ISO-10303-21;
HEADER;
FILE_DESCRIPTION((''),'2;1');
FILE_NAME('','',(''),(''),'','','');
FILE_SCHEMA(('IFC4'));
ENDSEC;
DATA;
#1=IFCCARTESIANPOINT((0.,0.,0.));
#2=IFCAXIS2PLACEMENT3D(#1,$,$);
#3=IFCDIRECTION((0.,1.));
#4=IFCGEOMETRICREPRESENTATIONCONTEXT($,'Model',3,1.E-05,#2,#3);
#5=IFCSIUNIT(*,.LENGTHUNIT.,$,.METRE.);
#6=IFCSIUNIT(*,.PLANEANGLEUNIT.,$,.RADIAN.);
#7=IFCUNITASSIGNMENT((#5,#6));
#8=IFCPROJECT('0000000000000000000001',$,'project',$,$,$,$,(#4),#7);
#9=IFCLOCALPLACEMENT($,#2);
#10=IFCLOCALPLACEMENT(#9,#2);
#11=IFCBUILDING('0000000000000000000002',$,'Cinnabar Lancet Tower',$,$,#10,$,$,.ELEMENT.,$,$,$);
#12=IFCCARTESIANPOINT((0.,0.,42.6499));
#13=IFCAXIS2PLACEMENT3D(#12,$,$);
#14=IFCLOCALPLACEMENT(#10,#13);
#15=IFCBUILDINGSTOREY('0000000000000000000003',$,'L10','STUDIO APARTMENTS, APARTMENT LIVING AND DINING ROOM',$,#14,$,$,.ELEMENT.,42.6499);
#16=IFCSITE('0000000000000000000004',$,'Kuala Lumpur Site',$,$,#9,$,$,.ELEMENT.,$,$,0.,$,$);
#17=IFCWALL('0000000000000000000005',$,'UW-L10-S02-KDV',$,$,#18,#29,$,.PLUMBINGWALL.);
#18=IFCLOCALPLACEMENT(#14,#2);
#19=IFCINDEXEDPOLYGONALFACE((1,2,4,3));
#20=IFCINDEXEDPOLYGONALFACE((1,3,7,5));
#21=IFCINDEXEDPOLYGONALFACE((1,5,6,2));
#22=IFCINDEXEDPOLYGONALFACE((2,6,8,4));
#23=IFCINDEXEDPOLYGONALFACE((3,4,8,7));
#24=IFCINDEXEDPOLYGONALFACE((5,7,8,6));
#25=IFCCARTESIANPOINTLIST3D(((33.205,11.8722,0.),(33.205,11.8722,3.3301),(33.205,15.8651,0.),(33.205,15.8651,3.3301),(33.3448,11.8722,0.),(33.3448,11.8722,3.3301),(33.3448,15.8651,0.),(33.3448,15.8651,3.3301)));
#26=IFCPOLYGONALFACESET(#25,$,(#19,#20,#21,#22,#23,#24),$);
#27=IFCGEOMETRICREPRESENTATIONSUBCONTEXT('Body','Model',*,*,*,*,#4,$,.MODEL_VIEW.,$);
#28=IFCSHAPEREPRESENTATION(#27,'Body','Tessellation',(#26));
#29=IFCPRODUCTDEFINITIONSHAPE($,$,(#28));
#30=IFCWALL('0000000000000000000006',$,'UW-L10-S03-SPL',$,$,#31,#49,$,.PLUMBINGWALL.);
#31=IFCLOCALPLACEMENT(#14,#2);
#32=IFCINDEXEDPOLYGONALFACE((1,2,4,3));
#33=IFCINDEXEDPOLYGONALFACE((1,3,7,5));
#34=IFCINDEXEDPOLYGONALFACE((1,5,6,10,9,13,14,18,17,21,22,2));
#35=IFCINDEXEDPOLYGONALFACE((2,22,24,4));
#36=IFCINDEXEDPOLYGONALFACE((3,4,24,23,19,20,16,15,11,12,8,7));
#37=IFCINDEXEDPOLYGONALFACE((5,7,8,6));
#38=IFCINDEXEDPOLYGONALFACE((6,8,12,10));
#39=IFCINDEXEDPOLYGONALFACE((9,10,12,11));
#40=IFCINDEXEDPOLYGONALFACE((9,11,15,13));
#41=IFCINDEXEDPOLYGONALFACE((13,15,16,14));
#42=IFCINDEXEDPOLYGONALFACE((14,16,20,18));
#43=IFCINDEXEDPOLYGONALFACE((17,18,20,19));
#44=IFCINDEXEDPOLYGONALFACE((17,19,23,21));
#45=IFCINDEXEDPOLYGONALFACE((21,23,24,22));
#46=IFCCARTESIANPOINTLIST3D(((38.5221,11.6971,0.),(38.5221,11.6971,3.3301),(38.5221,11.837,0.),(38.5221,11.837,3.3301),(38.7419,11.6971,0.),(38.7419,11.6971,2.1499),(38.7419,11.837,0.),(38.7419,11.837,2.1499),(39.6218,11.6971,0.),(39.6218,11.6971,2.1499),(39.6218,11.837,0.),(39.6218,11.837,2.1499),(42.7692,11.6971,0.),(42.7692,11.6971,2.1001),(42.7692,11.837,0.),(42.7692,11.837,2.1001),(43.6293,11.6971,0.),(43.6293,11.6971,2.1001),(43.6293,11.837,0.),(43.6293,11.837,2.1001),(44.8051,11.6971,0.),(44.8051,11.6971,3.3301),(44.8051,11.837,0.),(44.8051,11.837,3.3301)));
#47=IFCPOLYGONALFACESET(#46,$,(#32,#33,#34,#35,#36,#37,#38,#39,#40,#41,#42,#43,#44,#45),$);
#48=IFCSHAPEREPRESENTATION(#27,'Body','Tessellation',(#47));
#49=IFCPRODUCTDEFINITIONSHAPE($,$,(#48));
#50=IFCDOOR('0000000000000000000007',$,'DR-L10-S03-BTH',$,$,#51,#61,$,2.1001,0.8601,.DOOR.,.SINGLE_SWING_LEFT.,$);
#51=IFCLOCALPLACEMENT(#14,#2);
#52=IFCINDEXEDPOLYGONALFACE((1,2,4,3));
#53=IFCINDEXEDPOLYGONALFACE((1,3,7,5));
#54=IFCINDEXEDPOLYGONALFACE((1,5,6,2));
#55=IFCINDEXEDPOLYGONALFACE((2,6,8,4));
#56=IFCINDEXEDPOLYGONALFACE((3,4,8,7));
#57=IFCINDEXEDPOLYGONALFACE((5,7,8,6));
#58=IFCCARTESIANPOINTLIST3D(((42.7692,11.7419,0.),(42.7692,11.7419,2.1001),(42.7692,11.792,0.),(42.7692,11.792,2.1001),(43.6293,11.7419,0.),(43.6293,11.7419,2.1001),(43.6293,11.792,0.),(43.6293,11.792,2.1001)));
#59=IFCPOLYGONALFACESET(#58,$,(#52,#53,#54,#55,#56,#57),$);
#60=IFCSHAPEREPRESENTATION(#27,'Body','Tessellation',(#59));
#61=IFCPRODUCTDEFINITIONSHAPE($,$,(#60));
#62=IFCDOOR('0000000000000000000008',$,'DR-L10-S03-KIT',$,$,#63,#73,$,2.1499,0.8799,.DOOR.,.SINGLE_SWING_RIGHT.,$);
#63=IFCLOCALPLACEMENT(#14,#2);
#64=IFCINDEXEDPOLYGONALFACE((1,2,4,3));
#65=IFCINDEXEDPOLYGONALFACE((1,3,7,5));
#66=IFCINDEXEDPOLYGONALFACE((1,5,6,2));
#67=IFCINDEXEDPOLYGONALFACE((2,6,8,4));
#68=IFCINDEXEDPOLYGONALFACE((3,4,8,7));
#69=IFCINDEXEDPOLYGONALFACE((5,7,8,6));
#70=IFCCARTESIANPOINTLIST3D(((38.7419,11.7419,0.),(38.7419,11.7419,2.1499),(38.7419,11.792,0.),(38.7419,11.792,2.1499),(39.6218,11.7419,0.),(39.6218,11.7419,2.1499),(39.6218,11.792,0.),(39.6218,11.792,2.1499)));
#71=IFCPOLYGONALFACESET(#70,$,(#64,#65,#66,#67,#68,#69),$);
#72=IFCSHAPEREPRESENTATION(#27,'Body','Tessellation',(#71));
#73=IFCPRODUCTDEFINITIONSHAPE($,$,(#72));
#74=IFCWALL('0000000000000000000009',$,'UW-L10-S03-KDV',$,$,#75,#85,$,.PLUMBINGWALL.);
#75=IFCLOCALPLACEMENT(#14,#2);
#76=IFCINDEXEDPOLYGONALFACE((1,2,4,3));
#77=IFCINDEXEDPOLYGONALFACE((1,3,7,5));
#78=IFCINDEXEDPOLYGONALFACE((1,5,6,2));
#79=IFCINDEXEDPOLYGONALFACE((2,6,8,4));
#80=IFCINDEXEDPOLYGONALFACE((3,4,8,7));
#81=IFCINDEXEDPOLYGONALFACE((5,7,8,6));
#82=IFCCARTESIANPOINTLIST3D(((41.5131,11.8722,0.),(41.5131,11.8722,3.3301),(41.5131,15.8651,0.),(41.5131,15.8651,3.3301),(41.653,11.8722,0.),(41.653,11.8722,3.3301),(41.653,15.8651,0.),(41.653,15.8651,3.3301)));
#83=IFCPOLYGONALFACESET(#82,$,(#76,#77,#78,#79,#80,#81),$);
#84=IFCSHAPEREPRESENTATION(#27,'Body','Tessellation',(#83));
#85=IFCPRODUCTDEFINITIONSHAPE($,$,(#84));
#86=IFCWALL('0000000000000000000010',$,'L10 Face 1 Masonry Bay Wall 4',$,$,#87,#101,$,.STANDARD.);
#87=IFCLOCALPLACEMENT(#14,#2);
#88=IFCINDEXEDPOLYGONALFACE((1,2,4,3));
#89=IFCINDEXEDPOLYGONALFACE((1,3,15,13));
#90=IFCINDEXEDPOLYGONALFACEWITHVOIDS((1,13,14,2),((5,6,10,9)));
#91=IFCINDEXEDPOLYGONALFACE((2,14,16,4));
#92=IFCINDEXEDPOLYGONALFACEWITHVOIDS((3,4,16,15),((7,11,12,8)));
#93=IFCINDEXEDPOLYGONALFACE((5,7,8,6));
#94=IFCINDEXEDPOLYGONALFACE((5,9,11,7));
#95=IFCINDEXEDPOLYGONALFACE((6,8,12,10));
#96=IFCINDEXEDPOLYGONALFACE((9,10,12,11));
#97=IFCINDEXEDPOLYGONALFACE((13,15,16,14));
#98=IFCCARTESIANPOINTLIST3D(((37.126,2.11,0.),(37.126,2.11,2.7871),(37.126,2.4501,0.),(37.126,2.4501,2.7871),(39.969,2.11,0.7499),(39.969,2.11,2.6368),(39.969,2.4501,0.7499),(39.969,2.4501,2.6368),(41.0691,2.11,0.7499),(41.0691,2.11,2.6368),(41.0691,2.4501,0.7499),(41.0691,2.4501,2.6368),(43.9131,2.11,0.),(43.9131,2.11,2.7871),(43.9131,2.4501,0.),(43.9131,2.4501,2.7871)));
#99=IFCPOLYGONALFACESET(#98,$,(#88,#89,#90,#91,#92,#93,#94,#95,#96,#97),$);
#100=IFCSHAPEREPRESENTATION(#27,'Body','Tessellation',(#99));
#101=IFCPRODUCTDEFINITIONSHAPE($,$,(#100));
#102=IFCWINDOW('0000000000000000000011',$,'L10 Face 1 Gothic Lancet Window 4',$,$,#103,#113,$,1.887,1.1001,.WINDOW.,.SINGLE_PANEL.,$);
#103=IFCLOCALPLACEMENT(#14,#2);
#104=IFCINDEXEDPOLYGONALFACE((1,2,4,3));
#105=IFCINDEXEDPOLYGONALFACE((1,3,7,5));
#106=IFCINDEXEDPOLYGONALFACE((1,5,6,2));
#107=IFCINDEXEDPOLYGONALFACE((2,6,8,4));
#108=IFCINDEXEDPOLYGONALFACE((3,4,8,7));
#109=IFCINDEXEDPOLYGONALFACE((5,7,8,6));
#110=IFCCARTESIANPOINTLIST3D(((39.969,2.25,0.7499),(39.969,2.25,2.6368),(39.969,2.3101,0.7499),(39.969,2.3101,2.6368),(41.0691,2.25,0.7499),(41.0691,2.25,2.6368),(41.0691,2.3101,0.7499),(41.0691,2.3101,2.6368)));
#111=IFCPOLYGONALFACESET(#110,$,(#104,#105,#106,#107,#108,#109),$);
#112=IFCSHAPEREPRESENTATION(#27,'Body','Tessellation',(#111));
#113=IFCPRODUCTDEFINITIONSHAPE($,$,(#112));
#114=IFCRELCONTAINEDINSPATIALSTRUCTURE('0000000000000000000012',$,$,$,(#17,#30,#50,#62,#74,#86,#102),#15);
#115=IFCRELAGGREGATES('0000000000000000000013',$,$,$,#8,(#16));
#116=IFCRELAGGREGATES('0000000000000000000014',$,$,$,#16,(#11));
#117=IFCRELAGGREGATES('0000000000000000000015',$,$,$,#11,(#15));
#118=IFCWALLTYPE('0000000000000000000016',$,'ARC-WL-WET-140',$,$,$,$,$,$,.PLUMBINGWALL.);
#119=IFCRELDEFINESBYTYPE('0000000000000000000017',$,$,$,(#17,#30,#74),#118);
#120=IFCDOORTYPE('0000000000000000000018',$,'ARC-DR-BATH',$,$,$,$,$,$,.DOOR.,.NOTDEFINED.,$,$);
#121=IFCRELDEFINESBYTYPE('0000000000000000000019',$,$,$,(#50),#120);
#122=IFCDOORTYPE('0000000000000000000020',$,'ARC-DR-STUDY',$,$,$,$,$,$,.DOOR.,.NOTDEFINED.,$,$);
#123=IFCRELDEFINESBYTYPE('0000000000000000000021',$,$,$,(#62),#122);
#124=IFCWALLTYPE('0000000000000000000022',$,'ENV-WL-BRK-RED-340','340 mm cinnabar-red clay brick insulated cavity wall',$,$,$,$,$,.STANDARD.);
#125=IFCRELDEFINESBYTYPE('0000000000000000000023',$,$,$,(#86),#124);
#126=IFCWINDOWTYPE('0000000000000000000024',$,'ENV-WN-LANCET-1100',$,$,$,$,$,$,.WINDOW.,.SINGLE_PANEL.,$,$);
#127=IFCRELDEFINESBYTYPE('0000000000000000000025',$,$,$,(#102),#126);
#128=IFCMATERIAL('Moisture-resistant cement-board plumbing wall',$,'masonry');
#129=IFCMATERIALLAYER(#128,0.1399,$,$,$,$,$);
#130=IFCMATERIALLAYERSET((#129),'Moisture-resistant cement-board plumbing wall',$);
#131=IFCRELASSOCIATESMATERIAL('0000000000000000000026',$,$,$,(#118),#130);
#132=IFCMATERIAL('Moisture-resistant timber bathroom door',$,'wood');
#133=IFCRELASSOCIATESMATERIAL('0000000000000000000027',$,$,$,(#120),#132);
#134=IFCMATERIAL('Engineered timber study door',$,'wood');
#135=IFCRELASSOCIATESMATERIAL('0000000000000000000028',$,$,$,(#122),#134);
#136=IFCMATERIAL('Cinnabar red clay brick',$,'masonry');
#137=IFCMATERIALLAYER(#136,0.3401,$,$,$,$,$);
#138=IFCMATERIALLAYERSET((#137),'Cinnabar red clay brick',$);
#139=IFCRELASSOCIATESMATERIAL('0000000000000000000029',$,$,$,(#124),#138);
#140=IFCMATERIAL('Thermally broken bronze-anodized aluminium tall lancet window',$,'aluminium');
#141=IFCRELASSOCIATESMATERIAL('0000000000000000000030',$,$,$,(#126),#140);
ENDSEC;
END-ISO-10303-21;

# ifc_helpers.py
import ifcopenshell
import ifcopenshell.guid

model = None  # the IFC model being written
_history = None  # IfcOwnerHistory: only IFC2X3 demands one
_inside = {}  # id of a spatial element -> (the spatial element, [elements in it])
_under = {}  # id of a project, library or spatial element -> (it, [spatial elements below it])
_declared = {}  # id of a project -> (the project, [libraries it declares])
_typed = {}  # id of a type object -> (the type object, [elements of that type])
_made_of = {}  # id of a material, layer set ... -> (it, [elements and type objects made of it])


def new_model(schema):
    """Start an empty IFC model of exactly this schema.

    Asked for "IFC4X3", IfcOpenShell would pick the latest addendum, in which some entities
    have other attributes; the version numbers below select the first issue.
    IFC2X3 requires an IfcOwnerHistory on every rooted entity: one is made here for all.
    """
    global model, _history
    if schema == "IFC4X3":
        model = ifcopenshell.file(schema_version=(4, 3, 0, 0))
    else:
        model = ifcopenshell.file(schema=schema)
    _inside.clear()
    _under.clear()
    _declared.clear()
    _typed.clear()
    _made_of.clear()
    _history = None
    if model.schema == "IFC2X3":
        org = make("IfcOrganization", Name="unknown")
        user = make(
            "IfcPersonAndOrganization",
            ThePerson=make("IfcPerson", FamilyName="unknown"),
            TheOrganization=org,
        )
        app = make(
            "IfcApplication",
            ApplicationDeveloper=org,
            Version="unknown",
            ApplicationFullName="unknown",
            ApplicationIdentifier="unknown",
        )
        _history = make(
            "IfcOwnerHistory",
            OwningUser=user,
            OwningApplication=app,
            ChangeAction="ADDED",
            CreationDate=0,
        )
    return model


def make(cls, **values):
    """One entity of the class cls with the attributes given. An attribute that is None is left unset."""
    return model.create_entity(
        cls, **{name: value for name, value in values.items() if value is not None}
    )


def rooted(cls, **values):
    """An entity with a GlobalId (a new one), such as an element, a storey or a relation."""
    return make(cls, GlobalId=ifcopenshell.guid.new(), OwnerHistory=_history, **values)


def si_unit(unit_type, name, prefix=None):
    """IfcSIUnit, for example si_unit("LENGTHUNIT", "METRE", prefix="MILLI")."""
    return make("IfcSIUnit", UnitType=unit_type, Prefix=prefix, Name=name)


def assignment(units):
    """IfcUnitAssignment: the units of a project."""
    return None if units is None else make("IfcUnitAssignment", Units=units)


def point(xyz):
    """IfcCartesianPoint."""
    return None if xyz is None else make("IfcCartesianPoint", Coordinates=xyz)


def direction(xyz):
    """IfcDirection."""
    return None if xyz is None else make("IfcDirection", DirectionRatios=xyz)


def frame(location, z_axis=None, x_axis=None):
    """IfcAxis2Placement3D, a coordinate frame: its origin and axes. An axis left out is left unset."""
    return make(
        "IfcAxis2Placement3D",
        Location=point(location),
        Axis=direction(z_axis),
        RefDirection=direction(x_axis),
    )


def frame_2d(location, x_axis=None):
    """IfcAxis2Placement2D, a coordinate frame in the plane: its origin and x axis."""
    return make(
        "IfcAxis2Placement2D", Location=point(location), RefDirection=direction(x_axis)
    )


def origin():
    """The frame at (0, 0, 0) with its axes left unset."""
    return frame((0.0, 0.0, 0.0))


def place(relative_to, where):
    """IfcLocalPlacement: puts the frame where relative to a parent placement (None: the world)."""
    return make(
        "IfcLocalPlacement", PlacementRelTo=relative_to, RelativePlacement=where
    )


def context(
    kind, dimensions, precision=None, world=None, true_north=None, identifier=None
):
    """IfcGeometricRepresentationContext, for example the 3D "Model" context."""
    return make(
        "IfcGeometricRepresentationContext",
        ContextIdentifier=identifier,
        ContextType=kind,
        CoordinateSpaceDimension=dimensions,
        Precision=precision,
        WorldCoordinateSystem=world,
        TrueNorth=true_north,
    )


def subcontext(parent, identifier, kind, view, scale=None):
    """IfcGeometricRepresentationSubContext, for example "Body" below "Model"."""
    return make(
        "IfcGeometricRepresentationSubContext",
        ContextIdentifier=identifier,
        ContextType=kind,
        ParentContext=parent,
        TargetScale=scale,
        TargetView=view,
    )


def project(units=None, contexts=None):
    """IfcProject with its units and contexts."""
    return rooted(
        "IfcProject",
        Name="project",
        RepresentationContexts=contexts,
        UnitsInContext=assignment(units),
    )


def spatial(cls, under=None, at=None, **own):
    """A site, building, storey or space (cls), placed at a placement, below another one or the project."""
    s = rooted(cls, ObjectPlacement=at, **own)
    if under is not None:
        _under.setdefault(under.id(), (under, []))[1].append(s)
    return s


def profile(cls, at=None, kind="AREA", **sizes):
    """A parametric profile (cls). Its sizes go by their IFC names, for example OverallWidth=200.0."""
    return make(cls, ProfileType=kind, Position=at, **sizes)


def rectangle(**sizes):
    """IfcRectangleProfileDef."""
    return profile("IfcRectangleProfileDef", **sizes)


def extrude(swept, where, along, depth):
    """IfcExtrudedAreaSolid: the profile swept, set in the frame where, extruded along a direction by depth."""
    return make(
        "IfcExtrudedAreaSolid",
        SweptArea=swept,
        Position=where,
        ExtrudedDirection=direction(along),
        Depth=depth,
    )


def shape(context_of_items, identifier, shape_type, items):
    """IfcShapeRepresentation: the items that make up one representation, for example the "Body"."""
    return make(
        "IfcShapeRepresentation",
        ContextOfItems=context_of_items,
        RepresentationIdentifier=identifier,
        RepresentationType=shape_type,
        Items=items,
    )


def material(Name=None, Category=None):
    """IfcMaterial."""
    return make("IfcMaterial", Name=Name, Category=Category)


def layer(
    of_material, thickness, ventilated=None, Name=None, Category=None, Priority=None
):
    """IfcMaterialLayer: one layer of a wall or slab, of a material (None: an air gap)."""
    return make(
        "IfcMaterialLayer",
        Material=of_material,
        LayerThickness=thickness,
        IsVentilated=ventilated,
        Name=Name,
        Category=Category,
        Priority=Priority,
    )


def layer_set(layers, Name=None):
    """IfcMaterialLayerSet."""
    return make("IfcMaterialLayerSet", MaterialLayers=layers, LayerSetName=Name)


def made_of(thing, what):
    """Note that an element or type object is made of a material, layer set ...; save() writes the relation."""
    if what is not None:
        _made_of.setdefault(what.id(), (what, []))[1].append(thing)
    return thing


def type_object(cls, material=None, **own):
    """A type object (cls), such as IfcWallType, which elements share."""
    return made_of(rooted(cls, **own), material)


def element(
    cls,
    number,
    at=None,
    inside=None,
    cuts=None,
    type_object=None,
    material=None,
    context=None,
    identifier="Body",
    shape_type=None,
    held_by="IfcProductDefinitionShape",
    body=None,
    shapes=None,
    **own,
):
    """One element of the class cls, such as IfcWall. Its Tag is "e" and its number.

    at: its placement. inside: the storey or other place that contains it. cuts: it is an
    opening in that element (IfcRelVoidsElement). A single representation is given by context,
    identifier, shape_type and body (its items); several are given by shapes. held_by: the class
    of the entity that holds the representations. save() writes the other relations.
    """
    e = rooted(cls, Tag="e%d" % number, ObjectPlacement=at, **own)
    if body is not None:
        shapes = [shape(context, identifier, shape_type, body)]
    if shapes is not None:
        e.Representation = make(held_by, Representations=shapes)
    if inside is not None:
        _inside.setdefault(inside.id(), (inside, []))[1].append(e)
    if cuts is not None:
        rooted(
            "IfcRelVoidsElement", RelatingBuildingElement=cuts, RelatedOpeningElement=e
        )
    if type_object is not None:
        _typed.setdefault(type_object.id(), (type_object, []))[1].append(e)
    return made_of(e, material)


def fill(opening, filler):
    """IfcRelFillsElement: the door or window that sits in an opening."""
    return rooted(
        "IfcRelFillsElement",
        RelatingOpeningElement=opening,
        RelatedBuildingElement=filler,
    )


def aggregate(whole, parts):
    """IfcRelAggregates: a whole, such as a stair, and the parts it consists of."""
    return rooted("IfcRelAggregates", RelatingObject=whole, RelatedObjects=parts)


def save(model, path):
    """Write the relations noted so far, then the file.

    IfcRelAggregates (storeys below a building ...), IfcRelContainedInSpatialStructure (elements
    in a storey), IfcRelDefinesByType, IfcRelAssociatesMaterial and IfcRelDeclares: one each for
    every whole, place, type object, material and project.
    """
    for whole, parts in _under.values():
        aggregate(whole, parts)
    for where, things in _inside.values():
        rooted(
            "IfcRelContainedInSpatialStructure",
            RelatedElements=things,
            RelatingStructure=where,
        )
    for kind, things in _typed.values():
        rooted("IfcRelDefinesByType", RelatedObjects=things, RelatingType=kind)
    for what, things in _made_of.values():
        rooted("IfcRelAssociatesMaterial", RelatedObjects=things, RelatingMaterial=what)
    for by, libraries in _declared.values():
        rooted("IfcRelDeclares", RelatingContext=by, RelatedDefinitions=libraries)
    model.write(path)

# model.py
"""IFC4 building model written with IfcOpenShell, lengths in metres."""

from ifc_helpers import new_model, si_unit, direction, frame, frame_2d, origin, place, context, subcontext, project, spatial, rectangle, extrude, material, layer, layer_set, type_object, element, fill, save


model = new_model("IFC4")

# Units and contexts
model_context = context("Model", 3, precision=1e-05, world=origin(), true_north=direction((0.0, 1.0)))
body_context = subcontext(model_context, "Body", "Model", "MODEL_VIEW")
ifc_project = project(units=[si_unit("LENGTHUNIT", "METRE"), si_unit("PLANEANGLEUNIT", "RADIAN")], contexts=[model_context])

# Site, building, storey
site_placement = place(None, origin())
site = spatial("IfcSite", under=ifc_project, at=site_placement, Name="Kuala Lumpur Site", CompositionType="ELEMENT", RefElevation=0.0)
building_placement = place(site_placement, origin())
building = spatial("IfcBuilding", under=site, at=building_placement, Name="Cinnabar Lancet Tower", CompositionType="ELEMENT")
storey_placement = place(building_placement, frame((0.0, 0.0, 42.6499)))
storey = spatial("IfcBuildingStorey", under=building, at=storey_placement, Name="L10", Description="STUDIO APARTMENTS, APARTMENT LIVING AND DINING ROOM", CompositionType="ELEMENT", Elevation=42.6499)

# Shared definitions
ifc_material_1 = material(Name="Moisture-resistant cement-board plumbing wall", Category="masonry")
ifc_layer_1 = layer(ifc_material_1, 0.1399)
ifc_layer_set_1 = layer_set([ifc_layer_1], Name="Moisture-resistant cement-board plumbing wall")
wall_type_1 = type_object("IfcWallType", Name="ARC-WL-WET-140", PredefinedType="PLUMBINGWALL", material=ifc_layer_set_1)
ifc_material_2 = material(Name="Moisture-resistant timber bathroom door", Category="wood")
door_type_1 = type_object("IfcDoorType", Name="ARC-DR-BATH", OperationType="NOTDEFINED", PredefinedType="DOOR", material=ifc_material_2)
ifc_material_3 = material(Name="Engineered timber study door", Category="wood")
door_type_2 = type_object("IfcDoorType", Name="ARC-DR-STUDY", OperationType="NOTDEFINED", PredefinedType="DOOR", material=ifc_material_3)

# Wall
wall_1_placement = place(storey_placement, frame((33.2749, 11.8721, 0.0), z_axis=(0.0, 0.0, 1.0), x_axis=(0.0, 1.0, 0.0)))
element("IfcWall", 1, at=wall_1_placement, inside=storey, type_object=wall_type_1, Name="UW-L10-S02-KDV", PredefinedType="PLUMBINGWALL", context=body_context, shape_type="SweptSolid", body=[
    extrude(rectangle(XDim=3.9929, YDim=0.1399, at=frame_2d((1.9966, 0.0))), origin(), (0.0, 0.0, 1.0), 3.3301),
])

# Wall, openings, doors
wall_2_placement = place(storey_placement, frame((38.522, 11.7671, 0.0), z_axis=(0.0, 0.0, 1.0), x_axis=(1.0, 0.0, 0.0)))
wall_2 = element("IfcWall", 2, at=wall_2_placement, inside=storey, type_object=wall_type_1, Name="UW-L10-S03-SPL", PredefinedType="PLUMBINGWALL", context=body_context, shape_type="SweptSolid", body=[
    extrude(rectangle(XDim=6.283, YDim=0.1399, at=frame_2d((3.1416, 0.0))), origin(), (0.0, 0.0, 1.0), 3.3301),
])
opening_1_placement = place(wall_2_placement, frame((4.2471, 0.0, 0.0)))
opening_1 = element("IfcOpeningElement", 3, at=opening_1_placement, cuts=wall_2, PredefinedType="OPENING", context=body_context, shape_type="SweptSolid", body=[
    extrude(rectangle(XDim=0.8601, YDim=2.1001, at=frame_2d((0.4302, 1.05))), frame((0.0, 0.0798, 0.0), z_axis=(0.0, -1.0, 0.0), x_axis=(1.0, 0.0, 0.0)), (0.0, 0.0, 1.0), 0.1599),
])
opening_2_placement = place(wall_2_placement, frame((0.22, 0.0, 0.0)))
opening_2 = element("IfcOpeningElement", 4, at=opening_2_placement, cuts=wall_2, PredefinedType="OPENING", context=body_context, shape_type="SweptSolid", body=[
    extrude(rectangle(XDim=0.8799, YDim=2.1499, at=frame_2d((0.4399, 1.075))), frame((0.0, 0.0798, 0.0), z_axis=(0.0, -1.0, 0.0), x_axis=(1.0, 0.0, 0.0)), (0.0, 0.0, 1.0), 0.1599),
])
door_1_placement = place(opening_1_placement, origin())
door_1 = element("IfcDoor", 5, at=door_1_placement, inside=storey, type_object=door_type_1, Name="DR-L10-S03-BTH", OperationType="SINGLE_SWING_LEFT", OverallHeight=2.1001, OverallWidth=0.8601, PredefinedType="DOOR", context=body_context, shape_type="SweptSolid", body=[
    extrude(rectangle(XDim=0.8601, YDim=2.1001, at=frame_2d((0.4302, 1.05))), frame((0.0, 0.0249, 0.0), z_axis=(0.0, -1.0, 0.0), x_axis=(1.0, 0.0, 0.0)), (0.0, 0.0, 1.0), 0.05),
])
fill(opening_1, door_1)
door_2_placement = place(opening_2_placement, origin())
door_2 = element("IfcDoor", 6, at=door_2_placement, inside=storey, type_object=door_type_2, Name="DR-L10-S03-KIT", OperationType="SINGLE_SWING_RIGHT", OverallHeight=2.1499, OverallWidth=0.8799, PredefinedType="DOOR", context=body_context, shape_type="SweptSolid", body=[
    extrude(rectangle(XDim=0.8799, YDim=2.1499, at=frame_2d((0.4399, 1.075))), frame((0.0, 0.0249, 0.0), z_axis=(0.0, -1.0, 0.0), x_axis=(1.0, 0.0, 0.0)), (0.0, 0.0, 1.0), 0.05),
])
fill(opening_2, door_2)

# Wall
wall_3_placement = place(storey_placement, frame((41.583, 11.8721, 0.0), z_axis=(0.0, 0.0, 1.0), x_axis=(0.0, 1.0, 0.0)))
element("IfcWall", 7, at=wall_3_placement, inside=storey, type_object=wall_type_1, Name="UW-L10-S03-KDV", PredefinedType="PLUMBINGWALL", context=body_context, shape_type="SweptSolid", body=[
    extrude(rectangle(XDim=3.9929, YDim=0.1399, at=frame_2d((1.9966, 0.0))), origin(), (0.0, 0.0, 1.0), 3.3301),
])

# Wall, opening, window
ifc_material_4 = material(Name="Cinnabar red clay brick", Category="masonry")
ifc_layer_2 = layer(ifc_material_4, 0.3401)
ifc_layer_set_2 = layer_set([ifc_layer_2], Name="Cinnabar red clay brick")
wall_type_2 = type_object("IfcWallType", Name="ENV-WL-BRK-RED-340", Description="340 mm cinnabar-red clay brick insulated cavity wall", PredefinedType="STANDARD", material=ifc_layer_set_2)
wall_4_placement = place(storey_placement, frame((37.126, 2.28, 0.0), z_axis=(0.0, 0.0, 1.0), x_axis=(1.0, 0.0, 0.0)))
wall_4 = element("IfcWall", 8, at=wall_4_placement, inside=storey, type_object=wall_type_2, Name="L10 Face 1 Masonry Bay Wall 4", PredefinedType="STANDARD", context=body_context, shape_type="SweptSolid", body=[
    extrude(rectangle(XDim=6.7871, YDim=0.3401, at=frame_2d((3.3936, 0.0))), origin(), (0.0, 0.0, 1.0), 2.7871),
])
opening_3_placement = place(wall_4_placement, frame((2.843, 0.0, 0.75)))
opening_3 = element("IfcOpeningElement", 9, at=opening_3_placement, cuts=wall_4, PredefinedType="OPENING", context=body_context, shape_type="SweptSolid", body=[
    extrude(rectangle(XDim=1.1001, YDim=1.887, at=frame_2d((0.55, 0.9434))), frame((0.0, 0.1799, 0.0), z_axis=(0.0, -1.0, 0.0), x_axis=(1.0, 0.0, 0.0)), (0.0, 0.0, 1.0), 0.3601),
])
ifc_material_5 = material(Name="Thermally broken bronze-anodized aluminium tall lancet window", Category="aluminium")
window_type = type_object("IfcWindowType", Name="ENV-WN-LANCET-1100", PartitioningType="SINGLE_PANEL", PredefinedType="WINDOW", material=ifc_material_5)
window_placement = place(opening_3_placement, origin())
window = element("IfcWindow", 10, at=window_placement, inside=storey, type_object=window_type, Name="L10 Face 1 Gothic Lancet Window 4", OverallHeight=1.887, OverallWidth=1.1001, PartitioningType="SINGLE_PANEL", PredefinedType="WINDOW", context=body_context, shape_type="SweptSolid", body=[
    extrude(rectangle(XDim=1.1001, YDim=1.887, at=frame_2d((0.55, 0.9434))), frame((0.0, 0.03, 0.0), z_axis=(0.0, -1.0, 0.0), x_axis=(1.0, 0.0, 0.0)), (0.0, 0.0, 1.0), 0.0601),
])
fill(opening_3, window)

save(model, "model.ifc")
